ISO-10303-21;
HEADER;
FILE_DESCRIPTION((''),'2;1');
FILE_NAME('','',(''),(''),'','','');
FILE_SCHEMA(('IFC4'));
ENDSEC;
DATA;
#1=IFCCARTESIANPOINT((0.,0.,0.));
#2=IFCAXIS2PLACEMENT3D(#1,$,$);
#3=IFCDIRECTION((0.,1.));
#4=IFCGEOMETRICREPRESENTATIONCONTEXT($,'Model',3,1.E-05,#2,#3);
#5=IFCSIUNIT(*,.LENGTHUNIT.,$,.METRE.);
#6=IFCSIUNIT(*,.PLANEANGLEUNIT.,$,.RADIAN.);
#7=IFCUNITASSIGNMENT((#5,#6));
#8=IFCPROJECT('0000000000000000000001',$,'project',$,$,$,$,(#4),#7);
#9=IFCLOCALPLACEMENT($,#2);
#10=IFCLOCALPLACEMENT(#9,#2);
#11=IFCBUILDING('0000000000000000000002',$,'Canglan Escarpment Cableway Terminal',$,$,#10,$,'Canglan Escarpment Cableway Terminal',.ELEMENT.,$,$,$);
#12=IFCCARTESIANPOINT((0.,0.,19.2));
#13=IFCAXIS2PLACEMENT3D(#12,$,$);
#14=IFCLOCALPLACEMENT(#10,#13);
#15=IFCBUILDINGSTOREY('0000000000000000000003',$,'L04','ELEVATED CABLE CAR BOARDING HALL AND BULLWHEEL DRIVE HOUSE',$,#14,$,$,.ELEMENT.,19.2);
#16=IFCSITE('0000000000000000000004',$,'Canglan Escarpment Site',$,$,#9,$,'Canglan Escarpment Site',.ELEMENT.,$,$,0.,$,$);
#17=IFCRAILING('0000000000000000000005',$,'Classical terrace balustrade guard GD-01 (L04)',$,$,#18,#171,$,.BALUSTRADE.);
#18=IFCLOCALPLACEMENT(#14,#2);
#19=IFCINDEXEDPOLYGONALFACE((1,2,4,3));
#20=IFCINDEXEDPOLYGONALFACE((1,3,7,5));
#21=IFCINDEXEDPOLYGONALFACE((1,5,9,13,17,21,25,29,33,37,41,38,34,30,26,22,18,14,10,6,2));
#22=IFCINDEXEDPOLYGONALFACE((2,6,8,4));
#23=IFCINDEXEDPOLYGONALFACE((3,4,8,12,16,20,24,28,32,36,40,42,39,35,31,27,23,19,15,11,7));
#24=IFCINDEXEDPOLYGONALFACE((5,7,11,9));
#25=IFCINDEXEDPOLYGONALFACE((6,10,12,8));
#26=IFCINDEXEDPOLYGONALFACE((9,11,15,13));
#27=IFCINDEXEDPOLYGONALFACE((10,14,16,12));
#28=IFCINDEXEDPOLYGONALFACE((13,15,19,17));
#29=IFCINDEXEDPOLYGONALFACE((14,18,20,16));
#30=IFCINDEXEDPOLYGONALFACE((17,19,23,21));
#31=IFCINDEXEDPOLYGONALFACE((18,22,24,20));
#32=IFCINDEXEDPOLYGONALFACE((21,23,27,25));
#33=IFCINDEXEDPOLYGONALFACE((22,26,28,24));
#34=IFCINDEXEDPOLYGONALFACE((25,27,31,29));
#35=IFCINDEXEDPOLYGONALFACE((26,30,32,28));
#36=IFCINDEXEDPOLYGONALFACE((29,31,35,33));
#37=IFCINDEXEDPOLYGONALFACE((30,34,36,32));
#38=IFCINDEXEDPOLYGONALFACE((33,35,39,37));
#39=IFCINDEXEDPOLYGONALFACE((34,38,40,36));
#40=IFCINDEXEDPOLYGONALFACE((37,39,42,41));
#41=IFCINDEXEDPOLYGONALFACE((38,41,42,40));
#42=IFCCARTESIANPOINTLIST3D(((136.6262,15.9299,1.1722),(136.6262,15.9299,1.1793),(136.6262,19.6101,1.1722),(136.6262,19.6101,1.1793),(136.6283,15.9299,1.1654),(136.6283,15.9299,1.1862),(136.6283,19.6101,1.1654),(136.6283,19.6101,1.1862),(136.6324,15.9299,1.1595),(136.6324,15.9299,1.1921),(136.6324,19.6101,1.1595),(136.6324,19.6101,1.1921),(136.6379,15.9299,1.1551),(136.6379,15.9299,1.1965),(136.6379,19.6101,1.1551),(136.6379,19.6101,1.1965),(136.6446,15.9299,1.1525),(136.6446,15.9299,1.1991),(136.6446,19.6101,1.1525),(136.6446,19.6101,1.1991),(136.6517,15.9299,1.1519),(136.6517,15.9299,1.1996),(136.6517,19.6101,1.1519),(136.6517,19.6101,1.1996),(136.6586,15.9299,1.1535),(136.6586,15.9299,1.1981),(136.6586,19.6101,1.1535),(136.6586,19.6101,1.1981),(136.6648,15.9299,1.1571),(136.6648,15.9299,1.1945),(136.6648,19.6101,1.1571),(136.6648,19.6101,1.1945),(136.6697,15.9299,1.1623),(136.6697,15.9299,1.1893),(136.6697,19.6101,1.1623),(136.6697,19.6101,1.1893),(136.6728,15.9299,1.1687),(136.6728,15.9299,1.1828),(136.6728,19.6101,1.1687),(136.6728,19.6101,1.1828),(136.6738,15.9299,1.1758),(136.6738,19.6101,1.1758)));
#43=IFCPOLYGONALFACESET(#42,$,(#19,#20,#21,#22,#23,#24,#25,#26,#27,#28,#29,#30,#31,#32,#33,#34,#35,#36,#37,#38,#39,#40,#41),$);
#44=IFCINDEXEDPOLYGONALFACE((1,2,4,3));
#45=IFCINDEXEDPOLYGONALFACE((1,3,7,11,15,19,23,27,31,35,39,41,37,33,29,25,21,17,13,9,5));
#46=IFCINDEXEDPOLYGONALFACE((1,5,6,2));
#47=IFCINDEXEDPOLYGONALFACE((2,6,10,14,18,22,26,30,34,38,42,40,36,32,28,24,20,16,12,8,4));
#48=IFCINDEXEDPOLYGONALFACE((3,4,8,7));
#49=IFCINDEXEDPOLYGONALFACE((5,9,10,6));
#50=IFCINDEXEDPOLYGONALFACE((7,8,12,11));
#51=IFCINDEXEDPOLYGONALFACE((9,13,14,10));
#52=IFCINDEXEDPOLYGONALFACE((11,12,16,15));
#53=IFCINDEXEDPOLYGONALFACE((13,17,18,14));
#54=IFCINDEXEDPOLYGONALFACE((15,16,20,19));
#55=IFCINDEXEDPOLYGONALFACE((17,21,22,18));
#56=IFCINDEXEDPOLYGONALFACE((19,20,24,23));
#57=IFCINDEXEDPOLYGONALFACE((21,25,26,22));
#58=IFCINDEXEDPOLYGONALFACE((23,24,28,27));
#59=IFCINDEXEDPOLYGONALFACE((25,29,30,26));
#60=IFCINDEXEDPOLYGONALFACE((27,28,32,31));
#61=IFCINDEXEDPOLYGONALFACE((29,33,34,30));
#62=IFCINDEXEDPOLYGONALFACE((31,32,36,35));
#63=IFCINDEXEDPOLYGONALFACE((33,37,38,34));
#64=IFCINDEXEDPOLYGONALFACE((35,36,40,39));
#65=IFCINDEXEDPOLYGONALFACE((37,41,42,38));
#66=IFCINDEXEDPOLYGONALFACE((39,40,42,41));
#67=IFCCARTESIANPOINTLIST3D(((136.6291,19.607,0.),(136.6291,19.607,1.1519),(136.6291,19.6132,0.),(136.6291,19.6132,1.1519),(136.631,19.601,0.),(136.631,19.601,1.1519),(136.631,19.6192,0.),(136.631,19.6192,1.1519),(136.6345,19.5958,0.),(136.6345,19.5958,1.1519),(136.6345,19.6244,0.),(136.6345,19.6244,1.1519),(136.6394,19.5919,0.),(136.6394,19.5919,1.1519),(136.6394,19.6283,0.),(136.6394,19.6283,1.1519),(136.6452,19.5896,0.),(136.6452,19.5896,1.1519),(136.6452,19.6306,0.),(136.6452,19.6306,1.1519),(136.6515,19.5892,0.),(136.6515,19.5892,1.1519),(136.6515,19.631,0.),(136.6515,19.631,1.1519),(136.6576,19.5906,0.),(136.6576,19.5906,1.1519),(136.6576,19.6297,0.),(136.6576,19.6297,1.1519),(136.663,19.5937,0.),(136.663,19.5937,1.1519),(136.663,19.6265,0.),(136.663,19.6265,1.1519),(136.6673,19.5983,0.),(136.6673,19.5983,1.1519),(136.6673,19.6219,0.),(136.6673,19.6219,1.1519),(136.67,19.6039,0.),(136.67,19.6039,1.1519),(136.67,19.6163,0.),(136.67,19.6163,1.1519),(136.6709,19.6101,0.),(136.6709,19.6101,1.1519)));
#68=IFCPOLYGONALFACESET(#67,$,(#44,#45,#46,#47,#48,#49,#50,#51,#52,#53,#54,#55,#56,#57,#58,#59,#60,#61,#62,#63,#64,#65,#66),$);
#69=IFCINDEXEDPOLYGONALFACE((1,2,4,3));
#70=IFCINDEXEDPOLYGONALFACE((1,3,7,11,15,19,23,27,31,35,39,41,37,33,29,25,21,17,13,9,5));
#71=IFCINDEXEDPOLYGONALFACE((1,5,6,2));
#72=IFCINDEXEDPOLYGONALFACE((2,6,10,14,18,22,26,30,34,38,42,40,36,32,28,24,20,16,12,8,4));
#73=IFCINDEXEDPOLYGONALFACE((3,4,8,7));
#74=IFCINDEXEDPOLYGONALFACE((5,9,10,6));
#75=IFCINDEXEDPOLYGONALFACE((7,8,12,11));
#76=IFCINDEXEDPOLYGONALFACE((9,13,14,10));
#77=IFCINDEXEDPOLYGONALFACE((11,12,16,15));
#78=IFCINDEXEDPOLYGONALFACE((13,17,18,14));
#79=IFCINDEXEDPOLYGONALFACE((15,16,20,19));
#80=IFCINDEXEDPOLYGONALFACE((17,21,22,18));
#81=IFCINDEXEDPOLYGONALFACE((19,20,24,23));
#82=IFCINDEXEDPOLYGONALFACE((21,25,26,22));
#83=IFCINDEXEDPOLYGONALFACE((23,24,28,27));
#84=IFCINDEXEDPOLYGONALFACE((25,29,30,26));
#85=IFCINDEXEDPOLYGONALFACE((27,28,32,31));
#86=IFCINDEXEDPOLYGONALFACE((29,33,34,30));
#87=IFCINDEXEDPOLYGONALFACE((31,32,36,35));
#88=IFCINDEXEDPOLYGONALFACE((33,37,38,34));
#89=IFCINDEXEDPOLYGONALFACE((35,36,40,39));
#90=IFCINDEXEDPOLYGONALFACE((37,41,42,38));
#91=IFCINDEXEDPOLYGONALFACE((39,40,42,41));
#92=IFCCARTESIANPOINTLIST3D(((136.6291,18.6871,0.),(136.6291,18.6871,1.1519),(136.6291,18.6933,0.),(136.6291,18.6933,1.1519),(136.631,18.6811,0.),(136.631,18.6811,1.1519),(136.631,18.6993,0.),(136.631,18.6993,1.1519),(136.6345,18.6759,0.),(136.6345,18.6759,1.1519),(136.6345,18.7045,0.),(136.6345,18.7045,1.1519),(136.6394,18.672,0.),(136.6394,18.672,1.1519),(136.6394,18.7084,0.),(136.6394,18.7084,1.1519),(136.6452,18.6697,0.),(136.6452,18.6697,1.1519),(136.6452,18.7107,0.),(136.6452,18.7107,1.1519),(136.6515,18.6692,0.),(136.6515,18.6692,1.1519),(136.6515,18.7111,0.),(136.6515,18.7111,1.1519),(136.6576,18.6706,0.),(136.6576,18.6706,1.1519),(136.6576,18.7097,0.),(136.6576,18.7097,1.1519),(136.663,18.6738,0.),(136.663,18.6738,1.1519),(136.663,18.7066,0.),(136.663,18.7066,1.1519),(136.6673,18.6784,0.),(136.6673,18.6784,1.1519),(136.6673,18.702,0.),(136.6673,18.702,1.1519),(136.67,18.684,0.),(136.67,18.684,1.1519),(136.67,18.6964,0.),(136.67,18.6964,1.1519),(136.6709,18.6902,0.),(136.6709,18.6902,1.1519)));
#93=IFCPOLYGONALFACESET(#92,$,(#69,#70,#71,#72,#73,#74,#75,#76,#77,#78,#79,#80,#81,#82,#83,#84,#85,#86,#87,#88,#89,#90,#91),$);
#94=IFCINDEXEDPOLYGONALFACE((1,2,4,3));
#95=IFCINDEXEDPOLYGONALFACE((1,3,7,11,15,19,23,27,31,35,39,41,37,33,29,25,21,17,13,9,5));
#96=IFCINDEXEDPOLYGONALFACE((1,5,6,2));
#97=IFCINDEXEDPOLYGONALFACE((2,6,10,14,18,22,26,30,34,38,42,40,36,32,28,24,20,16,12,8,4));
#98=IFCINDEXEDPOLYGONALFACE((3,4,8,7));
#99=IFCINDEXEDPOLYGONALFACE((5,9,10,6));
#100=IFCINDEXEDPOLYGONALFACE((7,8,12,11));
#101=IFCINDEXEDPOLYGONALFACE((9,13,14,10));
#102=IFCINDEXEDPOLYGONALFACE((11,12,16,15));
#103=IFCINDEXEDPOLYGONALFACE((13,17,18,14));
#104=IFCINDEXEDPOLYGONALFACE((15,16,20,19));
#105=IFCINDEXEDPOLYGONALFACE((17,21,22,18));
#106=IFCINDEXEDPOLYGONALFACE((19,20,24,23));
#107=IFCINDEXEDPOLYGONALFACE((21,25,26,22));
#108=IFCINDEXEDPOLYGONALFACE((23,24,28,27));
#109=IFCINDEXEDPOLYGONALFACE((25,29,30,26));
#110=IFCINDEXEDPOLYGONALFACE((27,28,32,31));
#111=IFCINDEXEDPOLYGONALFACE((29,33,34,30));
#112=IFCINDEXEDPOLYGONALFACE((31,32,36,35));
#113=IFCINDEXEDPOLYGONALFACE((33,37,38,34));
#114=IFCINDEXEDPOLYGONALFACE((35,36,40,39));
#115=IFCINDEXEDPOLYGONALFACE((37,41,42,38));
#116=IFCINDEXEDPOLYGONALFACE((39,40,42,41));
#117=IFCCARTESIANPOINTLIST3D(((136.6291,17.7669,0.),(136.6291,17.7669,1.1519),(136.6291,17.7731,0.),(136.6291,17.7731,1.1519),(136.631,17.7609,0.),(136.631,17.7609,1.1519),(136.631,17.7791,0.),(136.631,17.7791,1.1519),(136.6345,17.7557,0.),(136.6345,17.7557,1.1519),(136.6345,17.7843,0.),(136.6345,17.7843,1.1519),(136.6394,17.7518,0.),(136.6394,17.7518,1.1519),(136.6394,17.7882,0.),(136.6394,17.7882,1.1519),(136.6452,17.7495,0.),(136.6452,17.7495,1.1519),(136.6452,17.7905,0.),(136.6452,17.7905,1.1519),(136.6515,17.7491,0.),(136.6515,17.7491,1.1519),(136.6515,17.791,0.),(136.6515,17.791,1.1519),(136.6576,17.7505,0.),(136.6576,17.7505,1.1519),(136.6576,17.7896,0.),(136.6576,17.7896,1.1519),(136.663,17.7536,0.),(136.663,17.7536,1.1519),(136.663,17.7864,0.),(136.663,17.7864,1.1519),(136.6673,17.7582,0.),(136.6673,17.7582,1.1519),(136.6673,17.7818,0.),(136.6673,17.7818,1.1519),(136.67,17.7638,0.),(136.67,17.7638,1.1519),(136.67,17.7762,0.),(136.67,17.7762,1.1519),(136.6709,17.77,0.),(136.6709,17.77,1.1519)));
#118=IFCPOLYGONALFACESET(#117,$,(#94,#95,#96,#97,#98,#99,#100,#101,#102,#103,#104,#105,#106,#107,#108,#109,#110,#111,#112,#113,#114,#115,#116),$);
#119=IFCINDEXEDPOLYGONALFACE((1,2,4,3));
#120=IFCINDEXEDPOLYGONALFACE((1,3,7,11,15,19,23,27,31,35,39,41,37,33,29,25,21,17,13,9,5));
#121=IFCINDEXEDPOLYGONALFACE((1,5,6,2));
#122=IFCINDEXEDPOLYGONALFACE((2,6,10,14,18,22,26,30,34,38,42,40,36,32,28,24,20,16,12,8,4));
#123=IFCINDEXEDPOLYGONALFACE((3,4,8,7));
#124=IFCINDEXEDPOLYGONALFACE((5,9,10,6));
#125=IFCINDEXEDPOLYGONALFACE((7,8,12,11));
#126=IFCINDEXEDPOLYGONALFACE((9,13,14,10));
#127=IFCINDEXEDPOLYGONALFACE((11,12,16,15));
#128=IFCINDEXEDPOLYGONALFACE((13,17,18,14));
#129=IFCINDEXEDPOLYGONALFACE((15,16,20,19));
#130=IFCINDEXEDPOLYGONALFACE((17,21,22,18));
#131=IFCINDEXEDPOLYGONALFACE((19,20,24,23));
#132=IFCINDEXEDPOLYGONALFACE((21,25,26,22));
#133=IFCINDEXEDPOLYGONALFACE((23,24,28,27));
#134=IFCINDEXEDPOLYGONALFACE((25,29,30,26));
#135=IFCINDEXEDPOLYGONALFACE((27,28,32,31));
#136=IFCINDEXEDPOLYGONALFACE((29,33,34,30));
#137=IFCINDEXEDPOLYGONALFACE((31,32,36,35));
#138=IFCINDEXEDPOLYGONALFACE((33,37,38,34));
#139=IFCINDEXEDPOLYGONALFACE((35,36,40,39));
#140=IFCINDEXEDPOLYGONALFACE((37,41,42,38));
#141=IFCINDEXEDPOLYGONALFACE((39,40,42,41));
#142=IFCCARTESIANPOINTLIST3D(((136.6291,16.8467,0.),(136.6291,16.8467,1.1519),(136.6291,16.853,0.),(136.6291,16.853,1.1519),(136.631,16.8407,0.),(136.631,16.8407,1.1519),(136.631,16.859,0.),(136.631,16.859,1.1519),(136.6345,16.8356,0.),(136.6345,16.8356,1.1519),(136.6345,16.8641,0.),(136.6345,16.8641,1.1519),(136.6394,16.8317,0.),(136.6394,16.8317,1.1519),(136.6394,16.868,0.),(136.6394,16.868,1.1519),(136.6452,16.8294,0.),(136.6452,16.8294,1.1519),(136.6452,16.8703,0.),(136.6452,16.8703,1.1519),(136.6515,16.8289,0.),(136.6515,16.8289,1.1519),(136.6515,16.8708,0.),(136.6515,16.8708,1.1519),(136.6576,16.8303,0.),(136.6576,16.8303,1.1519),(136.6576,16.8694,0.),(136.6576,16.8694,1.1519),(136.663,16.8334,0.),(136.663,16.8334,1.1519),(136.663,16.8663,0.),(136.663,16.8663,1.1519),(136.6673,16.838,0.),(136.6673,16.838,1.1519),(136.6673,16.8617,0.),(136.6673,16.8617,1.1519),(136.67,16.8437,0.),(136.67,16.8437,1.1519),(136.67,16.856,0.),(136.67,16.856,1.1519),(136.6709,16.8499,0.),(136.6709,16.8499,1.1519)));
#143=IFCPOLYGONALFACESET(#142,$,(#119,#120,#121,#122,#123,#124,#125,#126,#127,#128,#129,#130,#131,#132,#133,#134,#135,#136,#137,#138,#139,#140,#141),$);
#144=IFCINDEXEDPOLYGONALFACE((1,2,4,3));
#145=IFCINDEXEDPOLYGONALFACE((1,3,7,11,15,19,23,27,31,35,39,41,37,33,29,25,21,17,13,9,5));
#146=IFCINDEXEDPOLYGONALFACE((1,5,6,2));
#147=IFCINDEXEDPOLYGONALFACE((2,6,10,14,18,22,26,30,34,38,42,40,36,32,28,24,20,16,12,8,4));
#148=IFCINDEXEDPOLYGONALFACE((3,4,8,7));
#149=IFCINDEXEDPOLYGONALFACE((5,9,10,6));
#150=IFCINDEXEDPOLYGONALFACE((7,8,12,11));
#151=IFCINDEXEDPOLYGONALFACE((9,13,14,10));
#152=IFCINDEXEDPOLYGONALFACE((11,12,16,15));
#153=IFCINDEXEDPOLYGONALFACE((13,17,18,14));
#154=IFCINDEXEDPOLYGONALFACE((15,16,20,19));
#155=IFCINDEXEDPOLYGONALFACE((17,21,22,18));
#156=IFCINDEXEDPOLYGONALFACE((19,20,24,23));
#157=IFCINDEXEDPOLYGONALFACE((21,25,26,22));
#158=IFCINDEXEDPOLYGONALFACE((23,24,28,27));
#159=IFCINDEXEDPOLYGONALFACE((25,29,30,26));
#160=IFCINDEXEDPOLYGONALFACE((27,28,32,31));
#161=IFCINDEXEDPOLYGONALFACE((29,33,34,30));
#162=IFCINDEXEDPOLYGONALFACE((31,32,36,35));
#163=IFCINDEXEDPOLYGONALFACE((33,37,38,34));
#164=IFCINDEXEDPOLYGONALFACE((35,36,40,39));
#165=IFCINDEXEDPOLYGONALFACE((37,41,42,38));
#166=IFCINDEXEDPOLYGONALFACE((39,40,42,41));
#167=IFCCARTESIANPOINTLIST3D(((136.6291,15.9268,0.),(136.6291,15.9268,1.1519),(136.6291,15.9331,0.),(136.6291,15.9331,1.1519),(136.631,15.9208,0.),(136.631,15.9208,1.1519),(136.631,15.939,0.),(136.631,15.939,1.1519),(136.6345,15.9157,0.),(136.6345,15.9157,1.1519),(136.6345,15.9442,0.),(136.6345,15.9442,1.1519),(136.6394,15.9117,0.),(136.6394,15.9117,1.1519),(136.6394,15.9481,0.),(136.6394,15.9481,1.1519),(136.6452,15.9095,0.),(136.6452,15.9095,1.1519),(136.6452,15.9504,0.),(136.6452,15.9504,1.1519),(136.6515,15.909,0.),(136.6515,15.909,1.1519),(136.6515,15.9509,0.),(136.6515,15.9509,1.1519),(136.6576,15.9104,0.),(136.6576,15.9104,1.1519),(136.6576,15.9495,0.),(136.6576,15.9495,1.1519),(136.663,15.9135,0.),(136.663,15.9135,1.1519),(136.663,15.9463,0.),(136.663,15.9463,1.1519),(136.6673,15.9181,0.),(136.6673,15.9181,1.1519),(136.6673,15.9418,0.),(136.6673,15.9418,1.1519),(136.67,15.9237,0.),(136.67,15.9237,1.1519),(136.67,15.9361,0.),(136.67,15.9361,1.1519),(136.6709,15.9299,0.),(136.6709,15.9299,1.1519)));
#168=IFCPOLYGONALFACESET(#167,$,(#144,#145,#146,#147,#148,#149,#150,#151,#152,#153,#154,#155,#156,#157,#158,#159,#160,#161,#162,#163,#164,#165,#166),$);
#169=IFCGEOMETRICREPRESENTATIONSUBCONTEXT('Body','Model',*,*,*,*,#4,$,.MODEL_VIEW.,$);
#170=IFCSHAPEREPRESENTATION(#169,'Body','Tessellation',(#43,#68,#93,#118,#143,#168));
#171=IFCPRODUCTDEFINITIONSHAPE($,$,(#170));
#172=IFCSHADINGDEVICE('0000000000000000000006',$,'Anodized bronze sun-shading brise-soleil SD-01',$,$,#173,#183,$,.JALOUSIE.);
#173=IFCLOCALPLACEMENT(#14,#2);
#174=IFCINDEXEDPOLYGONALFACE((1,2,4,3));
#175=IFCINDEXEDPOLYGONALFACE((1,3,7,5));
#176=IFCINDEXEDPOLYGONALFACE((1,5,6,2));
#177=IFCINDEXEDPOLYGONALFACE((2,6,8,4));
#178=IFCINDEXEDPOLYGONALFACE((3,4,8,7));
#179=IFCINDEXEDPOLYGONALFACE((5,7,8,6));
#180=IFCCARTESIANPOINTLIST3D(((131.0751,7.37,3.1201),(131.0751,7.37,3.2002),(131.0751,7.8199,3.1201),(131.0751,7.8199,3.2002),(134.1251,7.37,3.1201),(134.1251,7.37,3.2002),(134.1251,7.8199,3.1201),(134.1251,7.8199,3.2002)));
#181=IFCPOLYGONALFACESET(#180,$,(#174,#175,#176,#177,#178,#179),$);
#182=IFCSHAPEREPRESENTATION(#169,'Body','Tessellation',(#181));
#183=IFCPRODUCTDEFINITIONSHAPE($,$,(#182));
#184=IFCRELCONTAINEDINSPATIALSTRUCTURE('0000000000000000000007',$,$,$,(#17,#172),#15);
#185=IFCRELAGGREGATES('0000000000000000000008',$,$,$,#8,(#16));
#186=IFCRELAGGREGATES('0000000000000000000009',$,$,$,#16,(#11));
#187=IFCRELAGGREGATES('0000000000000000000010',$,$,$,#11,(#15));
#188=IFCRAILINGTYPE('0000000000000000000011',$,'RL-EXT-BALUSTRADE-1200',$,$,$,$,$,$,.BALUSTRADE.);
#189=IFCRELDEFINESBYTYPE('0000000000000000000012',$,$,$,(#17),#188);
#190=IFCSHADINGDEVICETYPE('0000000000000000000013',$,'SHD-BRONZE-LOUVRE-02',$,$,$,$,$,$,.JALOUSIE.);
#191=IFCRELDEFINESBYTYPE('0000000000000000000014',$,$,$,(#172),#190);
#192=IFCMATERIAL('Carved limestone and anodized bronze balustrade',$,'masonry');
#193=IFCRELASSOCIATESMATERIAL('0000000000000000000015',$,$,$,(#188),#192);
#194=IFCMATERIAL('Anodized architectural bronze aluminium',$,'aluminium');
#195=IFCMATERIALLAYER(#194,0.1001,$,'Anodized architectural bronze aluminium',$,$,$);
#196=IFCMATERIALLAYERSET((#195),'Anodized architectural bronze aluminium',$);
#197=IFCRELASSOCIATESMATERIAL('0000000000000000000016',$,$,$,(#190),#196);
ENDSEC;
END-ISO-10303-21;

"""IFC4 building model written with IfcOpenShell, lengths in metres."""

from ifc_helpers import new_model, si_unit, direction, frame, origin, origin_2d, place, context, subcontext, project, spatial, rectangle, circle, extrude, material, layer, layer_set, type_object, element, save


model = new_model("IFC4")

# Units and contexts
model_context = context("Model", 3, precision=1e-05, world=origin(), true_north=direction((0.0, 1.0)))
body_context = subcontext(model_context, "Body", "Model", "MODEL_VIEW")
ifc_project = project(units=[si_unit("LENGTHUNIT", "METRE"), si_unit("PLANEANGLEUNIT", "RADIAN")], contexts=[model_context])

# Site, building, storey
site_placement = place(None, origin())
site = spatial("IfcSite", under=ifc_project, at=site_placement, Name="Canglan Escarpment Site", LongName="Canglan Escarpment Site", CompositionType="ELEMENT", RefElevation=0.0)
building_placement = place(site_placement, origin())
building = spatial("IfcBuilding", under=site, at=building_placement, Name="Canglan Escarpment Cableway Terminal", LongName="Canglan Escarpment Cableway Terminal", CompositionType="ELEMENT")
storey_placement = place(building_placement, frame((0.0, 0.0, 19.2)))
storey = spatial("IfcBuildingStorey", under=building, at=storey_placement, Name="L04", Description="ELEVATED CABLE CAR BOARDING HALL AND BULLWHEEL DRIVE HOUSE", CompositionType="ELEMENT", Elevation=19.2)

# Railing
ifc_material_1 = material(Name="Carved limestone and anodized bronze balustrade", Category="masonry")
railing_type = type_object("IfcRailingType", Name="RL-EXT-BALUSTRADE-1200", PredefinedType="BALUSTRADE", material=ifc_material_1)
railing_placement = place(storey_placement, frame((136.6499, 19.6101, 0.0)))
element("IfcRailing", 1, at=railing_placement, inside=storey, type_object=railing_type, Name="Classical terrace balustrade guard GD-01 (L04)", PredefinedType="BALUSTRADE", context=body_context, shape_type="SweptSolid", body=[
    extrude(circle(Radius=0.0239, at=origin_2d()), frame((0.0, 0.0, 1.1758), z_axis=(0.0, -1.0, 0.0), x_axis=(1.0, 0.0, 0.0)), (0.0, 0.0, 1.0), 3.6802),
    extrude(circle(Radius=0.021, at=origin_2d()), origin(), (0.0, 0.0, 1.0), 1.1519),
    extrude(circle(Radius=0.021, at=origin_2d()), frame((0.0, -0.9199, 0.0)), (0.0, 0.0, 1.0), 1.1519),
    extrude(circle(Radius=0.021, at=origin_2d()), frame((0.0, -1.8401, 0.0)), (0.0, 0.0, 1.0), 1.1519),
    extrude(circle(Radius=0.021, at=origin_2d()), frame((0.0, -2.7603, 0.0)), (0.0, 0.0, 1.0), 1.1519),
    extrude(circle(Radius=0.021, at=origin_2d()), frame((0.0, -3.6802, 0.0)), (0.0, 0.0, 1.0), 1.1519),
])

# Shading device
ifc_material_2 = material(Name="Anodized architectural bronze aluminium", Category="aluminium")
ifc_layer_1 = layer(ifc_material_2, 0.1001, Name="Anodized architectural bronze aluminium")
ifc_layer_set_1 = layer_set([ifc_layer_1], Name="Anodized architectural bronze aluminium")
shading_device_type = type_object("IfcShadingDeviceType", Name="SHD-BRONZE-LOUVRE-02", PredefinedType="JALOUSIE", material=ifc_layer_set_1)
shading_device_placement = place(storey_placement, frame((132.6001, 7.595, 3.1201), z_axis=(0.0, 0.0, 1.0), x_axis=(1.0, 0.0, 0.0)))
element("IfcShadingDevice", 2, at=shading_device_placement, inside=storey, type_object=shading_device_type, Name="Anodized bronze sun-shading brise-soleil SD-01", PredefinedType="JALOUSIE", context=body_context, shape_type="SweptSolid", body=[
    extrude(rectangle(XDim=3.05, YDim=0.45, at=origin_2d()), origin(), (0.0, 0.0, 1.0), 0.0801),
])

save(model, "model.ifc")
